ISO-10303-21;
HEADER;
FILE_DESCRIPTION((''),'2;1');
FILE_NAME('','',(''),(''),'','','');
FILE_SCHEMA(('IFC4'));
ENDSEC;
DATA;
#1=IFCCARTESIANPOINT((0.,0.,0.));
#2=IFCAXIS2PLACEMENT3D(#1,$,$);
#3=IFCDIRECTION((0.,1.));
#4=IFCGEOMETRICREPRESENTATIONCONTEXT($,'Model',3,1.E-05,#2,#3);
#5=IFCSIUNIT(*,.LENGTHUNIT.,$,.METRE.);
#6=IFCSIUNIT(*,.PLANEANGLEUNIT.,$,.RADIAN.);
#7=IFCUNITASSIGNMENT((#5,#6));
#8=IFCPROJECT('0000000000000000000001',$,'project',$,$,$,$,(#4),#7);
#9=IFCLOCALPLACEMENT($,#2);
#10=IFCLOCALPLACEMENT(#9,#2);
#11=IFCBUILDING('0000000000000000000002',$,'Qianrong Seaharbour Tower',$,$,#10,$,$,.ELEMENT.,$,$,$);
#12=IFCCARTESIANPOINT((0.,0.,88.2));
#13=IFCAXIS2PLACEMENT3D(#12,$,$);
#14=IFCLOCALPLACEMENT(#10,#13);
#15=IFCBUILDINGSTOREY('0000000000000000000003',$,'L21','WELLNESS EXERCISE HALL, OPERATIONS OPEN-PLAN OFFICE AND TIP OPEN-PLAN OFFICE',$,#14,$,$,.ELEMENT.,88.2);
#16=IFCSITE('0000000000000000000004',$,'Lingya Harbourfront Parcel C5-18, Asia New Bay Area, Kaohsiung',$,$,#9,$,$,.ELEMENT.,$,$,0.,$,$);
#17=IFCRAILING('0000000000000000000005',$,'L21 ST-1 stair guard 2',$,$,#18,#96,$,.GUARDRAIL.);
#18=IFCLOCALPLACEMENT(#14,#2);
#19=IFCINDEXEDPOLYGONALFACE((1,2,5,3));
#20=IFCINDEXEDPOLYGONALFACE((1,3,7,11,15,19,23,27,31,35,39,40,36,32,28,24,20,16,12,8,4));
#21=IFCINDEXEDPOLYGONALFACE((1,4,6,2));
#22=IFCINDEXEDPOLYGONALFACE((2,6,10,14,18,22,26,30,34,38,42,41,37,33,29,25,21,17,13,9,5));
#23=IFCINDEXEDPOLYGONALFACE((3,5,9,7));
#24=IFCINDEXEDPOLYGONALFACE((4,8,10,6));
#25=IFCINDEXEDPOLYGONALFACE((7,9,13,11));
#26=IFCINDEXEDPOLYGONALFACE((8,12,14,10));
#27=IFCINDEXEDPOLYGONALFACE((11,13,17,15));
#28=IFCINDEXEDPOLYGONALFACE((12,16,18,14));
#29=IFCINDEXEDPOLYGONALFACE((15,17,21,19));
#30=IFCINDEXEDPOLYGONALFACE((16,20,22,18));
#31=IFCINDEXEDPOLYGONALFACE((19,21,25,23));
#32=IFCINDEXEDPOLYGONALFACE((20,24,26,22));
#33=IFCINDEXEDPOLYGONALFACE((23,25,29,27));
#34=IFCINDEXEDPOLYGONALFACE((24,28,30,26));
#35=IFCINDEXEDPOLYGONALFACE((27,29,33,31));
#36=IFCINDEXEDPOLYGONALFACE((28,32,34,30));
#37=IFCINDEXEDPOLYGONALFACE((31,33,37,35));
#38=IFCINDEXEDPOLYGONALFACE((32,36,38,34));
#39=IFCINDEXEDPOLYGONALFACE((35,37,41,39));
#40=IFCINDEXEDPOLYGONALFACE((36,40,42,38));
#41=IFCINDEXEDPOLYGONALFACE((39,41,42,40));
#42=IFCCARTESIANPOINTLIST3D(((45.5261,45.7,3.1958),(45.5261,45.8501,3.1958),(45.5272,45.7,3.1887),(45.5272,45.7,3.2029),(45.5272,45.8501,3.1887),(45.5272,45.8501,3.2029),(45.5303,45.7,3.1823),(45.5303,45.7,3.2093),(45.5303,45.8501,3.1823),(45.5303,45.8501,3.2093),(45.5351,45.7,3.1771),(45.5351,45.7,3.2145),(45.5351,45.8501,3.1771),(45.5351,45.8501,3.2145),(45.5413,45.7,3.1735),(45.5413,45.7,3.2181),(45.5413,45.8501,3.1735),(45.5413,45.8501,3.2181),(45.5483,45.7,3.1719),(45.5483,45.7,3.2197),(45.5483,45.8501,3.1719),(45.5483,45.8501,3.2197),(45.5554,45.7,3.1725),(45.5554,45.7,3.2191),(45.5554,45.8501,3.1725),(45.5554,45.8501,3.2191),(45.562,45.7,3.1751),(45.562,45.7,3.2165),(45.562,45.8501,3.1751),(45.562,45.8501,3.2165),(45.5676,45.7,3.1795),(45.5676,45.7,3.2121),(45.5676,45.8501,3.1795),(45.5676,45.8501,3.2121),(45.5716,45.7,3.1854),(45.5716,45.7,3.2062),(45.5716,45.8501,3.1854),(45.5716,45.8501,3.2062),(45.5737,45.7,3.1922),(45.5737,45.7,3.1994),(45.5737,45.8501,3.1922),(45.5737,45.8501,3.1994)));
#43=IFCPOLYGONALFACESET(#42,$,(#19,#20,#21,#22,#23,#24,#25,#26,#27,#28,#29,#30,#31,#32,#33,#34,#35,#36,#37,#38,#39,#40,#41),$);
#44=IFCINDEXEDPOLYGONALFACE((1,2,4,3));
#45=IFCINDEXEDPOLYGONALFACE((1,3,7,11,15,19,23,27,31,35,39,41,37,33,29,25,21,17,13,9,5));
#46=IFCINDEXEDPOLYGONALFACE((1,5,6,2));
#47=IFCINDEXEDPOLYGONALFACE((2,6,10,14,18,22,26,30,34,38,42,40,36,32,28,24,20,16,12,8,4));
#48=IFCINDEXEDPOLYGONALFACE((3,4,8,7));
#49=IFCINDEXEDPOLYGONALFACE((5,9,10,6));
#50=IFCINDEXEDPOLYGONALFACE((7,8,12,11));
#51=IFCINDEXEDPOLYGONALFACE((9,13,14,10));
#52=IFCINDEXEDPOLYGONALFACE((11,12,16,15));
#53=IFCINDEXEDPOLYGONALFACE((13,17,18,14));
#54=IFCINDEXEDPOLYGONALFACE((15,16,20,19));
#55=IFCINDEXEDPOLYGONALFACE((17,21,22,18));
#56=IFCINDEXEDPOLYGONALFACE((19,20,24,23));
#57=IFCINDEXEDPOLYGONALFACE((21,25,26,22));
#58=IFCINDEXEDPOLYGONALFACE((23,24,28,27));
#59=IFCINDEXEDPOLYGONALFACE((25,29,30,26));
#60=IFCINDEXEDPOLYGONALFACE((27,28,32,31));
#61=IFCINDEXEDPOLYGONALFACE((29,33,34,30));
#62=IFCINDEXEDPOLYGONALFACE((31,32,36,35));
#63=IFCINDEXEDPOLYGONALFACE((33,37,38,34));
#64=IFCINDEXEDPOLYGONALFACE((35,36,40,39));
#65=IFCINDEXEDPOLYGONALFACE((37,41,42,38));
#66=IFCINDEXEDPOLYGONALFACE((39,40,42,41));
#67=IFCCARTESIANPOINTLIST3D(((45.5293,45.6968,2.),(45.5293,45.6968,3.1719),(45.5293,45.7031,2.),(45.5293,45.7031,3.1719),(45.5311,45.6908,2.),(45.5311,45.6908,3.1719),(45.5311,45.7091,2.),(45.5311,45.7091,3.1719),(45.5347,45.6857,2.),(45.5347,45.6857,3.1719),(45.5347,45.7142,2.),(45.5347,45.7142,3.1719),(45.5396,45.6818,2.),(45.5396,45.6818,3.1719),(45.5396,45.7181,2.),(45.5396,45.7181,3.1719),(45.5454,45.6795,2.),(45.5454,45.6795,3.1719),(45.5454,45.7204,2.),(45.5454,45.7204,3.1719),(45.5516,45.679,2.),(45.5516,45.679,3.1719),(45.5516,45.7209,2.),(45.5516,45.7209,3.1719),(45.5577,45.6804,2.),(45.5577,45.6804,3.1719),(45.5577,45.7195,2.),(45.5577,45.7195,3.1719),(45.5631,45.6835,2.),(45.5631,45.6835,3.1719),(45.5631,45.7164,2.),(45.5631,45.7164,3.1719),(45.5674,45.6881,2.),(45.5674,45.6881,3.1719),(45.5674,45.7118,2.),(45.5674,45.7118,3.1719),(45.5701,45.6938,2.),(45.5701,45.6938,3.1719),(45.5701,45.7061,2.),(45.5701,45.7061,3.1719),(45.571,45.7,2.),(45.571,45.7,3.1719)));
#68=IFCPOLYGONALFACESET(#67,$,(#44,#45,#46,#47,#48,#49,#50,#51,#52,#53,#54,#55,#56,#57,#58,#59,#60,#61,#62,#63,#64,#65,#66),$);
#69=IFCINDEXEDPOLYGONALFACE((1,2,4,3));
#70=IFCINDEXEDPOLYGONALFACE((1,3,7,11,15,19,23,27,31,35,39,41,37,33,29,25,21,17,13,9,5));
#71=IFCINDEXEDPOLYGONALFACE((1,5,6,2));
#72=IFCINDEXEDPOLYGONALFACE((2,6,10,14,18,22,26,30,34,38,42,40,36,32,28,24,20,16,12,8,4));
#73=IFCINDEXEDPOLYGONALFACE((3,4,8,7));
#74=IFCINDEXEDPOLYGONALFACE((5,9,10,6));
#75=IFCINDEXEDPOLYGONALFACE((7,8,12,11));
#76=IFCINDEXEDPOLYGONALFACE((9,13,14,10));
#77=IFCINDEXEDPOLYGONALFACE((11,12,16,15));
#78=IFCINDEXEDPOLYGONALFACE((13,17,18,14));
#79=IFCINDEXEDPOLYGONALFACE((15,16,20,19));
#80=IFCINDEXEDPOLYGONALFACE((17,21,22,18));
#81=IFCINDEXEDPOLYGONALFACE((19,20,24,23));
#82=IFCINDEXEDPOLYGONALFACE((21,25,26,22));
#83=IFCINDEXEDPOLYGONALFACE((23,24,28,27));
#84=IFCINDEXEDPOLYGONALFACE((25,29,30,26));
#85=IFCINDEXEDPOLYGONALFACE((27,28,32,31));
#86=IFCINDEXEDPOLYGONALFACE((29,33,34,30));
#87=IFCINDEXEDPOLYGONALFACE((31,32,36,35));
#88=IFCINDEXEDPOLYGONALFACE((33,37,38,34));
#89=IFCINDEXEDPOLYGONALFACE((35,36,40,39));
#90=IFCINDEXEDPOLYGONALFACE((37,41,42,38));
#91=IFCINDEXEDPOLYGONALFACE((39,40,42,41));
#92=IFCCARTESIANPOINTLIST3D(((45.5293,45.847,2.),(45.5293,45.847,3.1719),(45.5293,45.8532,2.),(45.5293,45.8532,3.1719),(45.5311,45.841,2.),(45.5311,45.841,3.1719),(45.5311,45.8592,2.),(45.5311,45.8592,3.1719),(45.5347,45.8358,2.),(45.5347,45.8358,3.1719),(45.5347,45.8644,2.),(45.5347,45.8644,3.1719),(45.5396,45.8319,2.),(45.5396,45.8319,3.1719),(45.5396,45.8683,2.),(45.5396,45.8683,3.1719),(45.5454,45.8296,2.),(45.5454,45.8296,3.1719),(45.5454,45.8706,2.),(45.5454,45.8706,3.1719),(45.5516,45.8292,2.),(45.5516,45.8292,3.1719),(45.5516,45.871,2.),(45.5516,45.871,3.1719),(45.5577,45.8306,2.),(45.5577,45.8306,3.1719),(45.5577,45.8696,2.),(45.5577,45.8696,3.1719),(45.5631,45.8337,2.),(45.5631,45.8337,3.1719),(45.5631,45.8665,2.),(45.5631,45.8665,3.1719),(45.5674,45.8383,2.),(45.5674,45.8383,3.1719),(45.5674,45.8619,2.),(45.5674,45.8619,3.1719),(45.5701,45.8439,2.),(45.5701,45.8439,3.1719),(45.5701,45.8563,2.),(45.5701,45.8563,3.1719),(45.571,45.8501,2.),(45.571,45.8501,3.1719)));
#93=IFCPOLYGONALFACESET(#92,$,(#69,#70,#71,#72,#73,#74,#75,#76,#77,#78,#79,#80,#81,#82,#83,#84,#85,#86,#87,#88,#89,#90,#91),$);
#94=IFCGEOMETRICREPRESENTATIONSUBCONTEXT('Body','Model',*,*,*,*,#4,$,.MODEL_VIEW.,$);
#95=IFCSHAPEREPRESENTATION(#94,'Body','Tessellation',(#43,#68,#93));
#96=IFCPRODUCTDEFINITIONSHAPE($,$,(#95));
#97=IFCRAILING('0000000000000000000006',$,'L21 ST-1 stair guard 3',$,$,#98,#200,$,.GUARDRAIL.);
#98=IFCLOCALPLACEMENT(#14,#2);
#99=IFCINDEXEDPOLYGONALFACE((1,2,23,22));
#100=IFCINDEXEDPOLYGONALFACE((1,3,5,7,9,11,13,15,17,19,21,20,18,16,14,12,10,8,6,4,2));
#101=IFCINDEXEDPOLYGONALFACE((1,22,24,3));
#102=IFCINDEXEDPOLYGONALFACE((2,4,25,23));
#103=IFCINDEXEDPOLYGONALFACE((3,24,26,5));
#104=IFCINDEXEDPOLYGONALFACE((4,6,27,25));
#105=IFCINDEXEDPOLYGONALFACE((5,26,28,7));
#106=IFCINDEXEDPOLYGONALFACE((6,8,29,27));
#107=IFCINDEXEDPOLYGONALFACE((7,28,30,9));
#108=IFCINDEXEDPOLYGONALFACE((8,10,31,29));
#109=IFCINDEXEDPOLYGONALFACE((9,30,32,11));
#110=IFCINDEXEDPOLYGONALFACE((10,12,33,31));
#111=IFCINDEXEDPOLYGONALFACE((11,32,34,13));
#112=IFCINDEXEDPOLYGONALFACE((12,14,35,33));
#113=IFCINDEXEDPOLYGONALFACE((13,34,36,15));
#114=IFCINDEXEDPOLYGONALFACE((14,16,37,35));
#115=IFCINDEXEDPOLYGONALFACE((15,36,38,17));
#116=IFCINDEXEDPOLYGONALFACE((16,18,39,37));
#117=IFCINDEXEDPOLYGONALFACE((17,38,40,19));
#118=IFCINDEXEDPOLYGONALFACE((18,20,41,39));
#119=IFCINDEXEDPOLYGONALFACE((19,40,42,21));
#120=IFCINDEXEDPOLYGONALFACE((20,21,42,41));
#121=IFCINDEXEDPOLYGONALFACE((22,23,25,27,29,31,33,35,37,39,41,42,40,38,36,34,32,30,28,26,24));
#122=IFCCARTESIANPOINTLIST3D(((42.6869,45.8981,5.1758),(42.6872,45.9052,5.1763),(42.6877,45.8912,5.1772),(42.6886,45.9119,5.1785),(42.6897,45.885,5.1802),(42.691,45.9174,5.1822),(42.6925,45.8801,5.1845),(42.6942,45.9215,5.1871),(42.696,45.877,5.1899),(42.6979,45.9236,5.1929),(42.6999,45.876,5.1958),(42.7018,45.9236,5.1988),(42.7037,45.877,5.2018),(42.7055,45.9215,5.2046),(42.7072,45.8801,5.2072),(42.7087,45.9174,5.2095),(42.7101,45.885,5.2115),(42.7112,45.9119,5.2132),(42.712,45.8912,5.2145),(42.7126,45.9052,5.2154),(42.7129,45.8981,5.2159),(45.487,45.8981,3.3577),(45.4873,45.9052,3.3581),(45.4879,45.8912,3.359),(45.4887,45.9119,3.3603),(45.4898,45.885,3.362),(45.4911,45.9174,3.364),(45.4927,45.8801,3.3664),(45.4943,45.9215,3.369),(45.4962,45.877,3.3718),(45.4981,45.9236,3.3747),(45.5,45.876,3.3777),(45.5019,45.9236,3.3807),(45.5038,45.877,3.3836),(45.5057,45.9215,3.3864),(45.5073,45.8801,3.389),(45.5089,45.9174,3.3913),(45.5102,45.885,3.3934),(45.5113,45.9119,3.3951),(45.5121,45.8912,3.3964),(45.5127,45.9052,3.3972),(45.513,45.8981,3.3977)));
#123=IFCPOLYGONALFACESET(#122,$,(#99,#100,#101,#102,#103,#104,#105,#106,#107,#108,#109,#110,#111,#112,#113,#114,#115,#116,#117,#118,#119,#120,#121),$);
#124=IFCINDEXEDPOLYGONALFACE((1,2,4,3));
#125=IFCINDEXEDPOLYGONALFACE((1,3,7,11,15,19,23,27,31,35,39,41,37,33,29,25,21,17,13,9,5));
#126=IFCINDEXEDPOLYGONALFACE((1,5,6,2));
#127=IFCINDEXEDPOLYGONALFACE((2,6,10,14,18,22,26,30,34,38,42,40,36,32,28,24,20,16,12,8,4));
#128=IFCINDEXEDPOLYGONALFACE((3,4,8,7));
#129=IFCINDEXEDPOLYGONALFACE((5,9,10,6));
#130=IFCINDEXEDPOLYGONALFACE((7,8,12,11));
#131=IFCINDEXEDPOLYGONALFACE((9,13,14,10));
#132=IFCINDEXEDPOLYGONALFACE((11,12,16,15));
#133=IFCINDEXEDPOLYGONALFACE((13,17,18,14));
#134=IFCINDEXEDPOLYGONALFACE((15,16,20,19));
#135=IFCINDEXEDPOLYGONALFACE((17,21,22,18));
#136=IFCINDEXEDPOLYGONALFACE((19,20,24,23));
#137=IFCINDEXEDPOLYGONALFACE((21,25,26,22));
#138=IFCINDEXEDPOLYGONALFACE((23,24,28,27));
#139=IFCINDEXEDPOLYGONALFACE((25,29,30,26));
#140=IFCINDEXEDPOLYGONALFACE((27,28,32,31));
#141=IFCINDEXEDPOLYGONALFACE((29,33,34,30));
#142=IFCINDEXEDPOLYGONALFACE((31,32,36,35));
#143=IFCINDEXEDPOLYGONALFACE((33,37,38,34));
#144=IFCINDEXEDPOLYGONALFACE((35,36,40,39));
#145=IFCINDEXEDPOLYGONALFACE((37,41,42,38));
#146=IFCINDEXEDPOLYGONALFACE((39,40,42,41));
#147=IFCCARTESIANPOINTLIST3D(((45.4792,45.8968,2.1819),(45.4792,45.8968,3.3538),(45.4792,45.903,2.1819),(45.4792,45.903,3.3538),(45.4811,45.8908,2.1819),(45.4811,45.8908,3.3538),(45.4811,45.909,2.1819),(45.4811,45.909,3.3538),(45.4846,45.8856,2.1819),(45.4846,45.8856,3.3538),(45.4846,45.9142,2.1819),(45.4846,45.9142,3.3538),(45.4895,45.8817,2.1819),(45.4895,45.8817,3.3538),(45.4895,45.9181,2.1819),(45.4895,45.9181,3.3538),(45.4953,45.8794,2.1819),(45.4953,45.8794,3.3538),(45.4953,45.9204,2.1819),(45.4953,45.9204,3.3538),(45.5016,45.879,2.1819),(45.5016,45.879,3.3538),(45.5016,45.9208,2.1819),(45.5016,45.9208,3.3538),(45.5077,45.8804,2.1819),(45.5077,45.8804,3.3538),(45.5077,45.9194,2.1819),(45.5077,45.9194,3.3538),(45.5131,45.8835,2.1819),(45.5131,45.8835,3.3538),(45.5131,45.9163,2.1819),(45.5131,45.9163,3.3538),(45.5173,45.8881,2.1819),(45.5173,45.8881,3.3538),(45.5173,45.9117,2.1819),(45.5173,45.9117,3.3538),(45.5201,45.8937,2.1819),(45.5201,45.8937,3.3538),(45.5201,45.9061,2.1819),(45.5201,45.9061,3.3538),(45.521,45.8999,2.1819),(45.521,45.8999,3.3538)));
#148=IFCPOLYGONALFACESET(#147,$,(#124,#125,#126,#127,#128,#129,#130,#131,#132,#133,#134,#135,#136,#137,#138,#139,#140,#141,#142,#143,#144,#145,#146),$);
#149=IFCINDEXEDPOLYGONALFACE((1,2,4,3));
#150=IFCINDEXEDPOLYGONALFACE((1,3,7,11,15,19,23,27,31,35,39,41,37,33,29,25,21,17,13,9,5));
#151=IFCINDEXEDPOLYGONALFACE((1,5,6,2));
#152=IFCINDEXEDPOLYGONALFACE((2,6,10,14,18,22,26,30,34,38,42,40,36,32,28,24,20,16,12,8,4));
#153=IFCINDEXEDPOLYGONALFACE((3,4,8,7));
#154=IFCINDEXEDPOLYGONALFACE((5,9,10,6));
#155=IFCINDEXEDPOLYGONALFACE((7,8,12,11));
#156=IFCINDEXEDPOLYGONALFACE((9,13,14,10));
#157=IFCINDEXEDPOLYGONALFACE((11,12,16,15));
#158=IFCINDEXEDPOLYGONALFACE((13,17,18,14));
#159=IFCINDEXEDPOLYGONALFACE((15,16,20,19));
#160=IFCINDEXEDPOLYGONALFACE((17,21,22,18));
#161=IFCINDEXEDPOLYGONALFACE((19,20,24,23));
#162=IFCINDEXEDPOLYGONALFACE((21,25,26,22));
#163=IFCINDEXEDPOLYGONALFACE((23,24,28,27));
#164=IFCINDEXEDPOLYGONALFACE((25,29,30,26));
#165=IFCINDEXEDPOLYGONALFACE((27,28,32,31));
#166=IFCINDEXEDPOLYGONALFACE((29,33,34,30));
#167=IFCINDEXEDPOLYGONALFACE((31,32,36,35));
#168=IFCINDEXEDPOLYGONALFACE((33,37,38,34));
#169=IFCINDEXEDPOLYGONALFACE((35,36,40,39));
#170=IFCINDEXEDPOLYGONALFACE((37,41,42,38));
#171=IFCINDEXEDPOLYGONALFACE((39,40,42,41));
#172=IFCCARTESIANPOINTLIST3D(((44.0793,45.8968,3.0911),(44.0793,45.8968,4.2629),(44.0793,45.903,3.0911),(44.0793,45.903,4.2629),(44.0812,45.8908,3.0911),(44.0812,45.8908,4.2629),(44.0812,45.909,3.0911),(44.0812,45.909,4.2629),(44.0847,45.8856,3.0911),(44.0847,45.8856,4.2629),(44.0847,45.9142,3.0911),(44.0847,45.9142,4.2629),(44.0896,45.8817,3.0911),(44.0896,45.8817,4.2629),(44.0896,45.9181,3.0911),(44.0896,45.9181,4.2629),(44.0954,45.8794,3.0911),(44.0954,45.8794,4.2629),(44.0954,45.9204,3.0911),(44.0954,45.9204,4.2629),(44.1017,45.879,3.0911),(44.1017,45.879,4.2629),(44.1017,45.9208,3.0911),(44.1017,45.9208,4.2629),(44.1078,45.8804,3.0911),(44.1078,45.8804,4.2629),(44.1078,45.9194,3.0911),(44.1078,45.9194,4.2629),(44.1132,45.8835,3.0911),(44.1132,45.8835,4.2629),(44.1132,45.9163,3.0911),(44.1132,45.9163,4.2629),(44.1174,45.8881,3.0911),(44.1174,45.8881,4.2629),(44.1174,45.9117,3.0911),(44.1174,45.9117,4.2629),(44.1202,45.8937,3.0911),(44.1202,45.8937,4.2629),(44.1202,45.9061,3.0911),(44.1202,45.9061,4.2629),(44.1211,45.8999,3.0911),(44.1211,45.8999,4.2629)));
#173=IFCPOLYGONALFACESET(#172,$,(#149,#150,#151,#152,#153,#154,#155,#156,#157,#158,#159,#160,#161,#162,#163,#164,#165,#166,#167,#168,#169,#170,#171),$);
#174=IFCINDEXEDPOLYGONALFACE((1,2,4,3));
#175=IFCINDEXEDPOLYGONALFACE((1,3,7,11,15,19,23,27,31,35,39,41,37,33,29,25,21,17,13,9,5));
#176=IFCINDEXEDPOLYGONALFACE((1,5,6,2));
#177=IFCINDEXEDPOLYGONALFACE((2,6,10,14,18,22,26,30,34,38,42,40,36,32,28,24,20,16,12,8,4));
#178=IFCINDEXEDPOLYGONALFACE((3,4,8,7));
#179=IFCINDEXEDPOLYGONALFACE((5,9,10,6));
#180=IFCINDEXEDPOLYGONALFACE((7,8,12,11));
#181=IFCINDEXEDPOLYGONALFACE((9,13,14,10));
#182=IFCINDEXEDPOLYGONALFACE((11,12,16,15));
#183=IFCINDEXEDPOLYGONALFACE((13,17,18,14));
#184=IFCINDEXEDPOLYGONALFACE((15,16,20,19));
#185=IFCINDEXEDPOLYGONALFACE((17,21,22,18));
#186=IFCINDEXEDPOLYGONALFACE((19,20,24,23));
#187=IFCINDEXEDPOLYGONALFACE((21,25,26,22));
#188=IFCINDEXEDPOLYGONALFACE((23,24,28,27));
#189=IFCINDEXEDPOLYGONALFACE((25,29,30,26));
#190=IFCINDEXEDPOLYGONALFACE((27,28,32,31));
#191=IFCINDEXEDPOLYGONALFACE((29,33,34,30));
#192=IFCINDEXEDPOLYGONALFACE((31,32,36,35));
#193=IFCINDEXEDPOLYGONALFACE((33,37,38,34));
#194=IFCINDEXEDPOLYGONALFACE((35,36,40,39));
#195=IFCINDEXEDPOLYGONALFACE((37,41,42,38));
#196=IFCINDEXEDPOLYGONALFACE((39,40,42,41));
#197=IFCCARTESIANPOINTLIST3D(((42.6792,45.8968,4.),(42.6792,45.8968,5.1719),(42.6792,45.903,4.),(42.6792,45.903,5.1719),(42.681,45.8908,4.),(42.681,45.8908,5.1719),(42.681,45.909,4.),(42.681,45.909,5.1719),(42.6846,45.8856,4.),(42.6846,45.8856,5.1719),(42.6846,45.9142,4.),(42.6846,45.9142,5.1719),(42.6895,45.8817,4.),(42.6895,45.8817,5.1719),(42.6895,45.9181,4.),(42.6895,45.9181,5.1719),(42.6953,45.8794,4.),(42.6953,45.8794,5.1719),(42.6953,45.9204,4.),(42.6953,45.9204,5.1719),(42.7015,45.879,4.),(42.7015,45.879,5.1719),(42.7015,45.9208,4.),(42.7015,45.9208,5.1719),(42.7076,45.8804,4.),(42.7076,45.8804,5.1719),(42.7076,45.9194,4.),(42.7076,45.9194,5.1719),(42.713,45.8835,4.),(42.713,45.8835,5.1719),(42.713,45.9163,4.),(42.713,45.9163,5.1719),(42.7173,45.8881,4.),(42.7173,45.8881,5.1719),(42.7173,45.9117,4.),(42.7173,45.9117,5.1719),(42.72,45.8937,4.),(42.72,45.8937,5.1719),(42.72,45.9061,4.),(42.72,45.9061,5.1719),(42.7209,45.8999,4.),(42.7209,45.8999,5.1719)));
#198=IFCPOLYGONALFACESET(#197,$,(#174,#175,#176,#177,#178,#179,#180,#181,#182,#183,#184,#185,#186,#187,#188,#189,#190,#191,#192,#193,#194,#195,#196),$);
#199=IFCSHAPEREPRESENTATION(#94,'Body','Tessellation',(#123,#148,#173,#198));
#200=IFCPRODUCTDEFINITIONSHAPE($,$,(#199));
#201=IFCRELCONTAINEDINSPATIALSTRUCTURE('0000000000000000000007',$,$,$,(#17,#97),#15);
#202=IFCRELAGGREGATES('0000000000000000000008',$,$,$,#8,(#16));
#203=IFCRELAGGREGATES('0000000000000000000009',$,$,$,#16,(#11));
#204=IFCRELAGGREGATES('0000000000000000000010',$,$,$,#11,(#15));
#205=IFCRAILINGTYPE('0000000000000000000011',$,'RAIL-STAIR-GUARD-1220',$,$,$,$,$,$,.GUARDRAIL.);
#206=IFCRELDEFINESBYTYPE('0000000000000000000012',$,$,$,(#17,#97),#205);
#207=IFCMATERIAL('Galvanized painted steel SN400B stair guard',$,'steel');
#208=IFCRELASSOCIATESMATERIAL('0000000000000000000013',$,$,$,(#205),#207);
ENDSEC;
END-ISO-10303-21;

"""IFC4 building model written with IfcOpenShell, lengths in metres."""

from ifc_helpers import new_model, si_unit, direction, frame, origin, origin_2d, place, context, subcontext, project, spatial, circle, extrude, material, type_object, element, save


model = new_model("IFC4")

# Units and contexts
model_context = context("Model", 3, precision=1e-05, world=origin(), true_north=direction((0.0, 1.0)))
body_context = subcontext(model_context, "Body", "Model", "MODEL_VIEW")
ifc_project = project(units=[si_unit("LENGTHUNIT", "METRE"), si_unit("PLANEANGLEUNIT", "RADIAN")], contexts=[model_context])

# Site, building, storey
site_placement = place(None, origin())
site = spatial("IfcSite", under=ifc_project, at=site_placement, Name="Lingya Harbourfront Parcel C5-18, Asia New Bay Area, Kaohsiung", CompositionType="ELEMENT", RefElevation=0.0)
building_placement = place(site_placement, origin())
building = spatial("IfcBuilding", under=site, at=building_placement, Name="Qianrong Seaharbour Tower", CompositionType="ELEMENT")
storey_placement = place(building_placement, frame((0.0, 0.0, 88.2)))
storey = spatial("IfcBuildingStorey", under=building, at=storey_placement, Name="L21", Description="WELLNESS EXERCISE HALL, OPERATIONS OPEN-PLAN OFFICE AND TIP OPEN-PLAN OFFICE", CompositionType="ELEMENT", Elevation=88.2)

# Railings
ifc_material_1 = material(Name="Galvanized painted steel SN400B stair guard", Category="steel")
railing_type_1 = type_object("IfcRailingType", Name="RAIL-STAIR-GUARD-1220", PredefinedType="GUARDRAIL", material=ifc_material_1)
railing_1_placement = place(storey_placement, frame((45.55, 45.7, 2.0)))
element("IfcRailing", 1, at=railing_1_placement, inside=storey, type_object=railing_type_1, Name="L21 ST-1 stair guard 2", PredefinedType="GUARDRAIL", context=body_context, shape_type="SweptSolid", body=[
    extrude(circle(Radius=0.0239, at=origin_2d()), frame((0.0, 0.0, 1.1958), z_axis=(0.0, 1.0, 0.0), x_axis=(-1.0, 0.0, 0.0)), (0.0, 0.0, 1.0), 0.1501),
    extrude(circle(Radius=0.021, at=origin_2d()), origin(), (0.0, 0.0, 1.0), 1.1719),
    extrude(circle(Radius=0.021, at=origin_2d()), frame((0.0, 0.1501, 0.0)), (0.0, 0.0, 1.0), 1.1719),
])
railing_2_placement = place(storey_placement, frame((45.5, 45.8999, 2.1819)))
element("IfcRailing", 2, at=railing_2_placement, inside=storey, type_object=railing_type_1, Name="L21 ST-1 stair guard 3", PredefinedType="GUARDRAIL", context=body_context, shape_type="SweptSolid", body=[
    extrude(circle(Radius=0.0239, at=origin_2d()), frame((0.0, 0.0, 1.1958), z_axis=(-0.838706, 0.0, 0.544585), x_axis=(0.0, -1.0, 0.0)), (0.0, 0.0, 1.0), 3.3386),
    extrude(circle(Radius=0.021, at=origin_2d()), origin(), (0.0, 0.0, 1.0), 1.1719),
    extrude(circle(Radius=0.021, at=origin_2d()), frame((-1.3999, 0.0, 0.9092)), (0.0, 0.0, 1.0), 1.1719),
    extrude(circle(Radius=0.021, at=origin_2d()), frame((-2.8, 0.0, 1.8181)), (0.0, 0.0, 1.0), 1.1719),
])

save(model, "model.ifc")
